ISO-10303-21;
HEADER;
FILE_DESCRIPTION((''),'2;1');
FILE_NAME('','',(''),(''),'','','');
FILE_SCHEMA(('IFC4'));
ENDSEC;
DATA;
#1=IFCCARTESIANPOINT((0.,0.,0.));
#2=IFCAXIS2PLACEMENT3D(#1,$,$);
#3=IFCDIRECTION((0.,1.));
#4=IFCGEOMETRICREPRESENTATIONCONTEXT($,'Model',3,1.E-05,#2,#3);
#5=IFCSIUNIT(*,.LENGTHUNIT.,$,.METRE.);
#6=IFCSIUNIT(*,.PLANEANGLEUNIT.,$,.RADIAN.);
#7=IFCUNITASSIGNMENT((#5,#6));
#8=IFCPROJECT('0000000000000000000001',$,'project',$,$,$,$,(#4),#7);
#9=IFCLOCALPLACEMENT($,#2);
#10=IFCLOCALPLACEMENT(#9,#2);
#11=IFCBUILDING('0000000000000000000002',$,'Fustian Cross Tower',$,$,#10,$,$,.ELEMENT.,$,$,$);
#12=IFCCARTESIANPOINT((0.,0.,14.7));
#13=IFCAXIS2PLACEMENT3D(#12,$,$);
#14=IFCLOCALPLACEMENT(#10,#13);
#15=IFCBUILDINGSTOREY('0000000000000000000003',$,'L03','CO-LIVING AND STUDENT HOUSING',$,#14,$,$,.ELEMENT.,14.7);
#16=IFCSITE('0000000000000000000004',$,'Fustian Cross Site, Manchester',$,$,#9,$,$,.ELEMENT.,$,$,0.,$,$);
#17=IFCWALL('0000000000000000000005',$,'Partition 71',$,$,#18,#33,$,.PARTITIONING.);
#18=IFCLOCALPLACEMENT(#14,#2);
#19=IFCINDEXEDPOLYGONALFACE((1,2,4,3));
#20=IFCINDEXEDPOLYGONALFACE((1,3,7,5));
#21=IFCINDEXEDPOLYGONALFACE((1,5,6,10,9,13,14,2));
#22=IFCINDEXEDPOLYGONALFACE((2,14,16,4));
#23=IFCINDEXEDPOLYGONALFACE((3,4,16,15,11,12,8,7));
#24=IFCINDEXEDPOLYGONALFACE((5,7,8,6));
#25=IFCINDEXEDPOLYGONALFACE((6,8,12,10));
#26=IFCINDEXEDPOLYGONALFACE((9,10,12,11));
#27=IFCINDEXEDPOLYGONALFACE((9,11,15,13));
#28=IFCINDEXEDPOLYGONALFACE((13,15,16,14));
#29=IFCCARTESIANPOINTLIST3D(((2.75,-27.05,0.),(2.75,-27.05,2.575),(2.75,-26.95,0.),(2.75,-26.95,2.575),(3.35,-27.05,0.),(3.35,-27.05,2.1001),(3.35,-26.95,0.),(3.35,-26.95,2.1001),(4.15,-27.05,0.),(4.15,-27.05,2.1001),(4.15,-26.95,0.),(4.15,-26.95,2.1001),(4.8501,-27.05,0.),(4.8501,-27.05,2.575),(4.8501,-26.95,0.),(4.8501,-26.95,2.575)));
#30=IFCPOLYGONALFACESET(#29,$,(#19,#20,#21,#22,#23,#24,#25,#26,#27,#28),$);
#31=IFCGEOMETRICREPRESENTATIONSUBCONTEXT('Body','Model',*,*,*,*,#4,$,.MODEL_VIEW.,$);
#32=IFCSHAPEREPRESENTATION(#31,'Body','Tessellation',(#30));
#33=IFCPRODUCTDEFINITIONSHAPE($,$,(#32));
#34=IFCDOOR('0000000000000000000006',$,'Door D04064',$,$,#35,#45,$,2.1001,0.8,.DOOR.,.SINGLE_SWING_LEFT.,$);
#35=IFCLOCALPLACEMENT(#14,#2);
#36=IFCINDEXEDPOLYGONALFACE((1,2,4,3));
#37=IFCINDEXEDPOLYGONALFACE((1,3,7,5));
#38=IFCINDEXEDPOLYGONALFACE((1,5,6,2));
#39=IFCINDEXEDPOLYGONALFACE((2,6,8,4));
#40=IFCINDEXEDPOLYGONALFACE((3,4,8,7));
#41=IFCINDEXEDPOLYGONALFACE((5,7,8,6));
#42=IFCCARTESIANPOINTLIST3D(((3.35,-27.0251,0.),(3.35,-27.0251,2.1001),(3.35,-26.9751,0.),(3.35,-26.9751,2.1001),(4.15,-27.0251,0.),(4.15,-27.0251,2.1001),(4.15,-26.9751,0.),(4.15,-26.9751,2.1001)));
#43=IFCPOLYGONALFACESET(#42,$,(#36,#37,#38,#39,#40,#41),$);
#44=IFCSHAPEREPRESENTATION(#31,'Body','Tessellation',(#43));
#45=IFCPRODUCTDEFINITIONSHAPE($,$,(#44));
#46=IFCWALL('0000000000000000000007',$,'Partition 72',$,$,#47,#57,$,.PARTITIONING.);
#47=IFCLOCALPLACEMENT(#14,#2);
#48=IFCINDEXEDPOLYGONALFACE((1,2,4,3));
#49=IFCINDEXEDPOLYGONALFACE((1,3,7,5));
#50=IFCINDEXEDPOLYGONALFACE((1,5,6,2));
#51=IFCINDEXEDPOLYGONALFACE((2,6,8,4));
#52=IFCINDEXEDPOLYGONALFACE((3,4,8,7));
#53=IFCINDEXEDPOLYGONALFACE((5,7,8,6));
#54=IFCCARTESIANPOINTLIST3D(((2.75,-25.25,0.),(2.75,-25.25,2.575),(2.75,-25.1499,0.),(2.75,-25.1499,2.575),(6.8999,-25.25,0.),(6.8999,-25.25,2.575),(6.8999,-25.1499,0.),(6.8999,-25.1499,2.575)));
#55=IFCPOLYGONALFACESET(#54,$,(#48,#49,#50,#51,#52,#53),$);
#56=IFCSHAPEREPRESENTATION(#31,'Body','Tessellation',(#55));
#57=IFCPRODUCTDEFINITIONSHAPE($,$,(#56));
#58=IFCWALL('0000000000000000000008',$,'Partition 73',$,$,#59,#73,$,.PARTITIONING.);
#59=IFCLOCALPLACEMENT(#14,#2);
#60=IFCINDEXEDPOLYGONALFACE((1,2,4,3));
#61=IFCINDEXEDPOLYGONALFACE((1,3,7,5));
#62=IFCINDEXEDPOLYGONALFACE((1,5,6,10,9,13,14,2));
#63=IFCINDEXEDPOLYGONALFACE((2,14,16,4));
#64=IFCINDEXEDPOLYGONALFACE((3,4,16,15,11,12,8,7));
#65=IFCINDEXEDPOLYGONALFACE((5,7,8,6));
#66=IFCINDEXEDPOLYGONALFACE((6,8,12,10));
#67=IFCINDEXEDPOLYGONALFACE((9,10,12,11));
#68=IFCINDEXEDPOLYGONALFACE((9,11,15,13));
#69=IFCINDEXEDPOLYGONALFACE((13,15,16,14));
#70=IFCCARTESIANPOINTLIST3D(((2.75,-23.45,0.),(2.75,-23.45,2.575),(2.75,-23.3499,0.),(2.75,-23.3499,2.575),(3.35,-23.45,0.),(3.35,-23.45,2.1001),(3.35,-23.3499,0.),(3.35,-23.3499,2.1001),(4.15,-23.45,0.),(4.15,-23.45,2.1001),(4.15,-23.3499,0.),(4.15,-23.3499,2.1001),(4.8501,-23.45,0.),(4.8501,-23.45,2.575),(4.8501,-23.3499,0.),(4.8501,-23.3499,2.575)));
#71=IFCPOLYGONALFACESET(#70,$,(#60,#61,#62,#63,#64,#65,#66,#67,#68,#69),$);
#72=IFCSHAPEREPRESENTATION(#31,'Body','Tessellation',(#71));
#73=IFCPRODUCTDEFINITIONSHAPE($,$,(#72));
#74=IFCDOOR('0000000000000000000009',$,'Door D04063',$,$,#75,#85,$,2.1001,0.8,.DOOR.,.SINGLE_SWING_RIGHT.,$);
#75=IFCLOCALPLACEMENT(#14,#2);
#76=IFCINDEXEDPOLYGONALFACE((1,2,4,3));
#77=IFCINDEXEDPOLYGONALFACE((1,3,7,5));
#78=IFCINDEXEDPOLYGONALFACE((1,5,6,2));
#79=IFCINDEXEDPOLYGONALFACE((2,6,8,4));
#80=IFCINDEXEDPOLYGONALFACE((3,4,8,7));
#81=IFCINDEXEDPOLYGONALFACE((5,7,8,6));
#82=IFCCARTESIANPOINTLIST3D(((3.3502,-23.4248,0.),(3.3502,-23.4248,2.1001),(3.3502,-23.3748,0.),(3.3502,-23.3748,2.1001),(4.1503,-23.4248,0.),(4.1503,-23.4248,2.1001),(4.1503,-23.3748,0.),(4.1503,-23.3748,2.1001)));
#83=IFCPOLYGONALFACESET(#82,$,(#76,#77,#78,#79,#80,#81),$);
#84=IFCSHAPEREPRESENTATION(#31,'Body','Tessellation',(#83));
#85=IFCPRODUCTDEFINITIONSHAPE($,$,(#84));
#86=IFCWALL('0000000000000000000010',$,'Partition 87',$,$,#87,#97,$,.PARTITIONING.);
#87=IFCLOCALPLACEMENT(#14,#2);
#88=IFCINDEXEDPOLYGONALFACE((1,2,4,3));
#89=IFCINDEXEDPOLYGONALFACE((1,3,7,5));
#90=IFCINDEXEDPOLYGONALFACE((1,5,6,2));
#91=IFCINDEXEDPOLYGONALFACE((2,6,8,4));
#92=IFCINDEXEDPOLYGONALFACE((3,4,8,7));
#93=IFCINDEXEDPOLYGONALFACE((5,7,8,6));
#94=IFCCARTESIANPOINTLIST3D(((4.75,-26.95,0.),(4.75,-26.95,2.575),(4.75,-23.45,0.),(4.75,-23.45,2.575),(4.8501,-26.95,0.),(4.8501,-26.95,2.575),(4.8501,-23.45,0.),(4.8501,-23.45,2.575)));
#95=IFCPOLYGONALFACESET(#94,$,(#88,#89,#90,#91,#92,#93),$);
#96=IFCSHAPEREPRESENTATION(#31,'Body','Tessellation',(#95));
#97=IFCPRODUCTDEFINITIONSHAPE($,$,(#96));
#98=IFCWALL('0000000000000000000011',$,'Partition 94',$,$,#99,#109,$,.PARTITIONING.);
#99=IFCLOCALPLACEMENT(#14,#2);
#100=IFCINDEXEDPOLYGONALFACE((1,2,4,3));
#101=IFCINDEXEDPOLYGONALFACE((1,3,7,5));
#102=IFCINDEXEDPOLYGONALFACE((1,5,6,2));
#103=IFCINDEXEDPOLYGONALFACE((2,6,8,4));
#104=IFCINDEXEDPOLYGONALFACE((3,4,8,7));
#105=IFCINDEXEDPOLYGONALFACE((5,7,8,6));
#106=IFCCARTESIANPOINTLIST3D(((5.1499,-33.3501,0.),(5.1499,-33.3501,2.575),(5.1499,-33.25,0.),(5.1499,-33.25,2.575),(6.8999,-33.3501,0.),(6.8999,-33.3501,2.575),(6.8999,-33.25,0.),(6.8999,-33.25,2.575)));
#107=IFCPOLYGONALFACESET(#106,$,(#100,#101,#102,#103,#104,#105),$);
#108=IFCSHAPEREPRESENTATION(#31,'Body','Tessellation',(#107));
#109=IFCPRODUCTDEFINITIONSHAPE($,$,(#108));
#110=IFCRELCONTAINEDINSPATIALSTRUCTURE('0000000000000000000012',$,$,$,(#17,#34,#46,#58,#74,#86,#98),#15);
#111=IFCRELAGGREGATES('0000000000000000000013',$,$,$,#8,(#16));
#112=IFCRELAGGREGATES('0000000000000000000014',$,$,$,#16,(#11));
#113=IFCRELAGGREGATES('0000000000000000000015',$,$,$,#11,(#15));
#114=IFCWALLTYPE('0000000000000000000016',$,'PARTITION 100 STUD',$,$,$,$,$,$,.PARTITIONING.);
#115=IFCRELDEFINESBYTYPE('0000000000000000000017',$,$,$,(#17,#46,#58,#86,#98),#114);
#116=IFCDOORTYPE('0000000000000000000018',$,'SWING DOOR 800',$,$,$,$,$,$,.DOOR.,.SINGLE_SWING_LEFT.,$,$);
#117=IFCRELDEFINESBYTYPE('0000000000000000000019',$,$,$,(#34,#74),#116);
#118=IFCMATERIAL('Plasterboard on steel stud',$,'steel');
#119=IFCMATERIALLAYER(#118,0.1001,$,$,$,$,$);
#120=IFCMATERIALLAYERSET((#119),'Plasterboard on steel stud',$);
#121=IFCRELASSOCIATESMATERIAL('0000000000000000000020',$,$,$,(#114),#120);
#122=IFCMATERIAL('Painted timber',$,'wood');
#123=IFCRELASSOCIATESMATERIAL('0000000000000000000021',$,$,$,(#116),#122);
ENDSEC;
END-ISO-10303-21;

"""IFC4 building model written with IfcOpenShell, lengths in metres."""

from ifc_helpers import new_model, si_unit, direction, frame, frame_2d, origin, place, context, subcontext, project, spatial, rectangle, extrude, material, layer, layer_set, type_object, element, fill, save


model = new_model("IFC4")

# Units and contexts
model_context = context("Model", 3, precision=1e-05, world=origin(), true_north=direction((0.0, 1.0)))
body_context = subcontext(model_context, "Body", "Model", "MODEL_VIEW")
ifc_project = project(units=[si_unit("LENGTHUNIT", "METRE"), si_unit("PLANEANGLEUNIT", "RADIAN")], contexts=[model_context])

# Site, building, storey
site_placement = place(None, origin())
site = spatial("IfcSite", under=ifc_project, at=site_placement, Name="Fustian Cross Site, Manchester", CompositionType="ELEMENT", RefElevation=0.0)
building_placement = place(site_placement, origin())
building = spatial("IfcBuilding", under=site, at=building_placement, Name="Fustian Cross Tower", CompositionType="ELEMENT")
storey_placement = place(building_placement, frame((0.0, 0.0, 14.7)))
storey = spatial("IfcBuildingStorey", under=building, at=storey_placement, Name="L03", Description="CO-LIVING AND STUDENT HOUSING", CompositionType="ELEMENT", Elevation=14.7)

# Shared definitions
ifc_material_1 = material(Name="Plasterboard on steel stud", Category="steel")
ifc_layer = layer(ifc_material_1, 0.1001)
ifc_layer_set = layer_set([ifc_layer], Name="Plasterboard on steel stud")
wall_type = type_object("IfcWallType", Name="PARTITION 100 STUD", PredefinedType="PARTITIONING", material=ifc_layer_set)

# Wall, opening, door
wall_1_placement = place(storey_placement, frame((2.75, -27.0, 0.0), z_axis=(0.0, 0.0, 1.0), x_axis=(1.0, 0.0, 0.0)))
wall_1 = element("IfcWall", 1, at=wall_1_placement, inside=storey, type_object=wall_type, Name="Partition 71", PredefinedType="PARTITIONING", context=body_context, shape_type="SweptSolid", body=[
    extrude(rectangle(XDim=2.1001, YDim=0.1001, at=frame_2d((1.05, 0.0))), origin(), (0.0, 0.0, 1.0), 2.575),
])
opening_1_placement = place(wall_1_placement, frame((0.6001, 0.0, 0.0)))
opening_1 = element("IfcOpeningElement", 2, at=opening_1_placement, cuts=wall_1, PredefinedType="OPENING", context=body_context, shape_type="SweptSolid", body=[
    extrude(rectangle(XDim=0.8, YDim=2.1001, at=frame_2d((0.3999, 1.05))), frame((0.0, 0.0601, 0.0), z_axis=(0.0, -1.0, 0.0), x_axis=(1.0, 0.0, 0.0)), (0.0, 0.0, 1.0), 0.1201),
])
ifc_material_2 = material(Name="Painted timber", Category="wood")
door_type_1 = type_object("IfcDoorType", Name="SWING DOOR 800", OperationType="SINGLE_SWING_LEFT", PredefinedType="DOOR", material=ifc_material_2)
door_1_placement = place(opening_1_placement, origin())
door_1 = element("IfcDoor", 3, at=door_1_placement, inside=storey, type_object=door_type_1, Name="Door D04064", OperationType="SINGLE_SWING_LEFT", OverallHeight=2.1001, OverallWidth=0.8, PredefinedType="DOOR", context=body_context, shape_type="SweptSolid", body=[
    extrude(rectangle(XDim=0.8, YDim=2.1001, at=frame_2d((0.3999, 1.05))), frame((0.0, 0.0249, 0.0), z_axis=(0.0, -1.0, 0.0), x_axis=(1.0, 0.0, 0.0)), (0.0, 0.0, 1.0), 0.05),
])
fill(opening_1, door_1)

# Wall
wall_2_placement = place(storey_placement, frame((2.75, -25.2, 0.0), z_axis=(0.0, 0.0, 1.0), x_axis=(1.0, 0.0, 0.0)))
element("IfcWall", 4, at=wall_2_placement, inside=storey, type_object=wall_type, Name="Partition 72", PredefinedType="PARTITIONING", context=body_context, shape_type="SweptSolid", body=[
    extrude(rectangle(XDim=4.1499, YDim=0.1001, at=frame_2d((2.075, 0.0))), origin(), (0.0, 0.0, 1.0), 2.575),
])

# Wall, opening, door
wall_3_placement = place(storey_placement, frame((2.75, -23.3999, 0.0), z_axis=(0.0, 0.0, 1.0), x_axis=(1.0, 0.0, 0.0)))
wall_3 = element("IfcWall", 5, at=wall_3_placement, inside=storey, type_object=wall_type, Name="Partition 73", PredefinedType="PARTITIONING", context=body_context, shape_type="SweptSolid", body=[
    extrude(rectangle(XDim=2.1001, YDim=0.1001, at=frame_2d((1.05, 0.0))), origin(), (0.0, 0.0, 1.0), 2.575),
])
opening_2_placement = place(wall_3_placement, frame((0.6001, 0.0, 0.0)))
opening_2 = element("IfcOpeningElement", 6, at=opening_2_placement, cuts=wall_3, PredefinedType="OPENING", context=body_context, shape_type="SweptSolid", body=[
    extrude(rectangle(XDim=0.8, YDim=2.1001, at=frame_2d((0.3999, 1.05))), frame((0.0, 0.0601, 0.0), z_axis=(0.0, -1.0, 0.0), x_axis=(1.0, 0.0, 0.0)), (0.0, 0.0, 1.0), 0.1201),
])
door_2_placement = place(opening_2_placement, frame((0.8, 0.0, 0.0), z_axis=(0.0, 0.0, 1.0), x_axis=(-1.0, 0.0, 0.0)))
door_2 = element("IfcDoor", 7, at=door_2_placement, inside=storey, type_object=door_type_1, Name="Door D04063", OperationType="SINGLE_SWING_RIGHT", OverallHeight=2.1001, OverallWidth=0.8, PredefinedType="DOOR", context=body_context, shape_type="SweptSolid", body=[
    extrude(rectangle(XDim=0.8, YDim=2.1001, at=frame_2d((0.3999, 1.05))), frame((0.0, 0.0249, 0.0), z_axis=(0.0, -1.0, 0.0), x_axis=(1.0, 0.0, 0.0)), (0.0, 0.0, 1.0), 0.05),
])
fill(opening_2, door_2)

# Walls
wall_4_placement = place(storey_placement, frame((4.8, -26.95, 0.0), z_axis=(0.0, 0.0, 1.0), x_axis=(0.0, 1.0, 0.0)))
element("IfcWall", 8, at=wall_4_placement, inside=storey, type_object=wall_type, Name="Partition 87", PredefinedType="PARTITIONING", context=body_context, shape_type="SweptSolid", body=[
    extrude(rectangle(XDim=3.5, YDim=0.1001, at=frame_2d((1.75, 0.0))), origin(), (0.0, 0.0, 1.0), 2.575),
])
wall_5_placement = place(storey_placement, frame((5.1499, -33.3, 0.0), z_axis=(0.0, 0.0, 1.0), x_axis=(1.0, 0.0, 0.0)))
element("IfcWall", 9, at=wall_5_placement, inside=storey, type_object=wall_type, Name="Partition 94", PredefinedType="PARTITIONING", context=body_context, shape_type="SweptSolid", body=[
    extrude(rectangle(XDim=1.75, YDim=0.1001, at=frame_2d((0.875, 0.0))), origin(), (0.0, 0.0, 1.0), 2.575),
])

save(model, "model.ifc")
